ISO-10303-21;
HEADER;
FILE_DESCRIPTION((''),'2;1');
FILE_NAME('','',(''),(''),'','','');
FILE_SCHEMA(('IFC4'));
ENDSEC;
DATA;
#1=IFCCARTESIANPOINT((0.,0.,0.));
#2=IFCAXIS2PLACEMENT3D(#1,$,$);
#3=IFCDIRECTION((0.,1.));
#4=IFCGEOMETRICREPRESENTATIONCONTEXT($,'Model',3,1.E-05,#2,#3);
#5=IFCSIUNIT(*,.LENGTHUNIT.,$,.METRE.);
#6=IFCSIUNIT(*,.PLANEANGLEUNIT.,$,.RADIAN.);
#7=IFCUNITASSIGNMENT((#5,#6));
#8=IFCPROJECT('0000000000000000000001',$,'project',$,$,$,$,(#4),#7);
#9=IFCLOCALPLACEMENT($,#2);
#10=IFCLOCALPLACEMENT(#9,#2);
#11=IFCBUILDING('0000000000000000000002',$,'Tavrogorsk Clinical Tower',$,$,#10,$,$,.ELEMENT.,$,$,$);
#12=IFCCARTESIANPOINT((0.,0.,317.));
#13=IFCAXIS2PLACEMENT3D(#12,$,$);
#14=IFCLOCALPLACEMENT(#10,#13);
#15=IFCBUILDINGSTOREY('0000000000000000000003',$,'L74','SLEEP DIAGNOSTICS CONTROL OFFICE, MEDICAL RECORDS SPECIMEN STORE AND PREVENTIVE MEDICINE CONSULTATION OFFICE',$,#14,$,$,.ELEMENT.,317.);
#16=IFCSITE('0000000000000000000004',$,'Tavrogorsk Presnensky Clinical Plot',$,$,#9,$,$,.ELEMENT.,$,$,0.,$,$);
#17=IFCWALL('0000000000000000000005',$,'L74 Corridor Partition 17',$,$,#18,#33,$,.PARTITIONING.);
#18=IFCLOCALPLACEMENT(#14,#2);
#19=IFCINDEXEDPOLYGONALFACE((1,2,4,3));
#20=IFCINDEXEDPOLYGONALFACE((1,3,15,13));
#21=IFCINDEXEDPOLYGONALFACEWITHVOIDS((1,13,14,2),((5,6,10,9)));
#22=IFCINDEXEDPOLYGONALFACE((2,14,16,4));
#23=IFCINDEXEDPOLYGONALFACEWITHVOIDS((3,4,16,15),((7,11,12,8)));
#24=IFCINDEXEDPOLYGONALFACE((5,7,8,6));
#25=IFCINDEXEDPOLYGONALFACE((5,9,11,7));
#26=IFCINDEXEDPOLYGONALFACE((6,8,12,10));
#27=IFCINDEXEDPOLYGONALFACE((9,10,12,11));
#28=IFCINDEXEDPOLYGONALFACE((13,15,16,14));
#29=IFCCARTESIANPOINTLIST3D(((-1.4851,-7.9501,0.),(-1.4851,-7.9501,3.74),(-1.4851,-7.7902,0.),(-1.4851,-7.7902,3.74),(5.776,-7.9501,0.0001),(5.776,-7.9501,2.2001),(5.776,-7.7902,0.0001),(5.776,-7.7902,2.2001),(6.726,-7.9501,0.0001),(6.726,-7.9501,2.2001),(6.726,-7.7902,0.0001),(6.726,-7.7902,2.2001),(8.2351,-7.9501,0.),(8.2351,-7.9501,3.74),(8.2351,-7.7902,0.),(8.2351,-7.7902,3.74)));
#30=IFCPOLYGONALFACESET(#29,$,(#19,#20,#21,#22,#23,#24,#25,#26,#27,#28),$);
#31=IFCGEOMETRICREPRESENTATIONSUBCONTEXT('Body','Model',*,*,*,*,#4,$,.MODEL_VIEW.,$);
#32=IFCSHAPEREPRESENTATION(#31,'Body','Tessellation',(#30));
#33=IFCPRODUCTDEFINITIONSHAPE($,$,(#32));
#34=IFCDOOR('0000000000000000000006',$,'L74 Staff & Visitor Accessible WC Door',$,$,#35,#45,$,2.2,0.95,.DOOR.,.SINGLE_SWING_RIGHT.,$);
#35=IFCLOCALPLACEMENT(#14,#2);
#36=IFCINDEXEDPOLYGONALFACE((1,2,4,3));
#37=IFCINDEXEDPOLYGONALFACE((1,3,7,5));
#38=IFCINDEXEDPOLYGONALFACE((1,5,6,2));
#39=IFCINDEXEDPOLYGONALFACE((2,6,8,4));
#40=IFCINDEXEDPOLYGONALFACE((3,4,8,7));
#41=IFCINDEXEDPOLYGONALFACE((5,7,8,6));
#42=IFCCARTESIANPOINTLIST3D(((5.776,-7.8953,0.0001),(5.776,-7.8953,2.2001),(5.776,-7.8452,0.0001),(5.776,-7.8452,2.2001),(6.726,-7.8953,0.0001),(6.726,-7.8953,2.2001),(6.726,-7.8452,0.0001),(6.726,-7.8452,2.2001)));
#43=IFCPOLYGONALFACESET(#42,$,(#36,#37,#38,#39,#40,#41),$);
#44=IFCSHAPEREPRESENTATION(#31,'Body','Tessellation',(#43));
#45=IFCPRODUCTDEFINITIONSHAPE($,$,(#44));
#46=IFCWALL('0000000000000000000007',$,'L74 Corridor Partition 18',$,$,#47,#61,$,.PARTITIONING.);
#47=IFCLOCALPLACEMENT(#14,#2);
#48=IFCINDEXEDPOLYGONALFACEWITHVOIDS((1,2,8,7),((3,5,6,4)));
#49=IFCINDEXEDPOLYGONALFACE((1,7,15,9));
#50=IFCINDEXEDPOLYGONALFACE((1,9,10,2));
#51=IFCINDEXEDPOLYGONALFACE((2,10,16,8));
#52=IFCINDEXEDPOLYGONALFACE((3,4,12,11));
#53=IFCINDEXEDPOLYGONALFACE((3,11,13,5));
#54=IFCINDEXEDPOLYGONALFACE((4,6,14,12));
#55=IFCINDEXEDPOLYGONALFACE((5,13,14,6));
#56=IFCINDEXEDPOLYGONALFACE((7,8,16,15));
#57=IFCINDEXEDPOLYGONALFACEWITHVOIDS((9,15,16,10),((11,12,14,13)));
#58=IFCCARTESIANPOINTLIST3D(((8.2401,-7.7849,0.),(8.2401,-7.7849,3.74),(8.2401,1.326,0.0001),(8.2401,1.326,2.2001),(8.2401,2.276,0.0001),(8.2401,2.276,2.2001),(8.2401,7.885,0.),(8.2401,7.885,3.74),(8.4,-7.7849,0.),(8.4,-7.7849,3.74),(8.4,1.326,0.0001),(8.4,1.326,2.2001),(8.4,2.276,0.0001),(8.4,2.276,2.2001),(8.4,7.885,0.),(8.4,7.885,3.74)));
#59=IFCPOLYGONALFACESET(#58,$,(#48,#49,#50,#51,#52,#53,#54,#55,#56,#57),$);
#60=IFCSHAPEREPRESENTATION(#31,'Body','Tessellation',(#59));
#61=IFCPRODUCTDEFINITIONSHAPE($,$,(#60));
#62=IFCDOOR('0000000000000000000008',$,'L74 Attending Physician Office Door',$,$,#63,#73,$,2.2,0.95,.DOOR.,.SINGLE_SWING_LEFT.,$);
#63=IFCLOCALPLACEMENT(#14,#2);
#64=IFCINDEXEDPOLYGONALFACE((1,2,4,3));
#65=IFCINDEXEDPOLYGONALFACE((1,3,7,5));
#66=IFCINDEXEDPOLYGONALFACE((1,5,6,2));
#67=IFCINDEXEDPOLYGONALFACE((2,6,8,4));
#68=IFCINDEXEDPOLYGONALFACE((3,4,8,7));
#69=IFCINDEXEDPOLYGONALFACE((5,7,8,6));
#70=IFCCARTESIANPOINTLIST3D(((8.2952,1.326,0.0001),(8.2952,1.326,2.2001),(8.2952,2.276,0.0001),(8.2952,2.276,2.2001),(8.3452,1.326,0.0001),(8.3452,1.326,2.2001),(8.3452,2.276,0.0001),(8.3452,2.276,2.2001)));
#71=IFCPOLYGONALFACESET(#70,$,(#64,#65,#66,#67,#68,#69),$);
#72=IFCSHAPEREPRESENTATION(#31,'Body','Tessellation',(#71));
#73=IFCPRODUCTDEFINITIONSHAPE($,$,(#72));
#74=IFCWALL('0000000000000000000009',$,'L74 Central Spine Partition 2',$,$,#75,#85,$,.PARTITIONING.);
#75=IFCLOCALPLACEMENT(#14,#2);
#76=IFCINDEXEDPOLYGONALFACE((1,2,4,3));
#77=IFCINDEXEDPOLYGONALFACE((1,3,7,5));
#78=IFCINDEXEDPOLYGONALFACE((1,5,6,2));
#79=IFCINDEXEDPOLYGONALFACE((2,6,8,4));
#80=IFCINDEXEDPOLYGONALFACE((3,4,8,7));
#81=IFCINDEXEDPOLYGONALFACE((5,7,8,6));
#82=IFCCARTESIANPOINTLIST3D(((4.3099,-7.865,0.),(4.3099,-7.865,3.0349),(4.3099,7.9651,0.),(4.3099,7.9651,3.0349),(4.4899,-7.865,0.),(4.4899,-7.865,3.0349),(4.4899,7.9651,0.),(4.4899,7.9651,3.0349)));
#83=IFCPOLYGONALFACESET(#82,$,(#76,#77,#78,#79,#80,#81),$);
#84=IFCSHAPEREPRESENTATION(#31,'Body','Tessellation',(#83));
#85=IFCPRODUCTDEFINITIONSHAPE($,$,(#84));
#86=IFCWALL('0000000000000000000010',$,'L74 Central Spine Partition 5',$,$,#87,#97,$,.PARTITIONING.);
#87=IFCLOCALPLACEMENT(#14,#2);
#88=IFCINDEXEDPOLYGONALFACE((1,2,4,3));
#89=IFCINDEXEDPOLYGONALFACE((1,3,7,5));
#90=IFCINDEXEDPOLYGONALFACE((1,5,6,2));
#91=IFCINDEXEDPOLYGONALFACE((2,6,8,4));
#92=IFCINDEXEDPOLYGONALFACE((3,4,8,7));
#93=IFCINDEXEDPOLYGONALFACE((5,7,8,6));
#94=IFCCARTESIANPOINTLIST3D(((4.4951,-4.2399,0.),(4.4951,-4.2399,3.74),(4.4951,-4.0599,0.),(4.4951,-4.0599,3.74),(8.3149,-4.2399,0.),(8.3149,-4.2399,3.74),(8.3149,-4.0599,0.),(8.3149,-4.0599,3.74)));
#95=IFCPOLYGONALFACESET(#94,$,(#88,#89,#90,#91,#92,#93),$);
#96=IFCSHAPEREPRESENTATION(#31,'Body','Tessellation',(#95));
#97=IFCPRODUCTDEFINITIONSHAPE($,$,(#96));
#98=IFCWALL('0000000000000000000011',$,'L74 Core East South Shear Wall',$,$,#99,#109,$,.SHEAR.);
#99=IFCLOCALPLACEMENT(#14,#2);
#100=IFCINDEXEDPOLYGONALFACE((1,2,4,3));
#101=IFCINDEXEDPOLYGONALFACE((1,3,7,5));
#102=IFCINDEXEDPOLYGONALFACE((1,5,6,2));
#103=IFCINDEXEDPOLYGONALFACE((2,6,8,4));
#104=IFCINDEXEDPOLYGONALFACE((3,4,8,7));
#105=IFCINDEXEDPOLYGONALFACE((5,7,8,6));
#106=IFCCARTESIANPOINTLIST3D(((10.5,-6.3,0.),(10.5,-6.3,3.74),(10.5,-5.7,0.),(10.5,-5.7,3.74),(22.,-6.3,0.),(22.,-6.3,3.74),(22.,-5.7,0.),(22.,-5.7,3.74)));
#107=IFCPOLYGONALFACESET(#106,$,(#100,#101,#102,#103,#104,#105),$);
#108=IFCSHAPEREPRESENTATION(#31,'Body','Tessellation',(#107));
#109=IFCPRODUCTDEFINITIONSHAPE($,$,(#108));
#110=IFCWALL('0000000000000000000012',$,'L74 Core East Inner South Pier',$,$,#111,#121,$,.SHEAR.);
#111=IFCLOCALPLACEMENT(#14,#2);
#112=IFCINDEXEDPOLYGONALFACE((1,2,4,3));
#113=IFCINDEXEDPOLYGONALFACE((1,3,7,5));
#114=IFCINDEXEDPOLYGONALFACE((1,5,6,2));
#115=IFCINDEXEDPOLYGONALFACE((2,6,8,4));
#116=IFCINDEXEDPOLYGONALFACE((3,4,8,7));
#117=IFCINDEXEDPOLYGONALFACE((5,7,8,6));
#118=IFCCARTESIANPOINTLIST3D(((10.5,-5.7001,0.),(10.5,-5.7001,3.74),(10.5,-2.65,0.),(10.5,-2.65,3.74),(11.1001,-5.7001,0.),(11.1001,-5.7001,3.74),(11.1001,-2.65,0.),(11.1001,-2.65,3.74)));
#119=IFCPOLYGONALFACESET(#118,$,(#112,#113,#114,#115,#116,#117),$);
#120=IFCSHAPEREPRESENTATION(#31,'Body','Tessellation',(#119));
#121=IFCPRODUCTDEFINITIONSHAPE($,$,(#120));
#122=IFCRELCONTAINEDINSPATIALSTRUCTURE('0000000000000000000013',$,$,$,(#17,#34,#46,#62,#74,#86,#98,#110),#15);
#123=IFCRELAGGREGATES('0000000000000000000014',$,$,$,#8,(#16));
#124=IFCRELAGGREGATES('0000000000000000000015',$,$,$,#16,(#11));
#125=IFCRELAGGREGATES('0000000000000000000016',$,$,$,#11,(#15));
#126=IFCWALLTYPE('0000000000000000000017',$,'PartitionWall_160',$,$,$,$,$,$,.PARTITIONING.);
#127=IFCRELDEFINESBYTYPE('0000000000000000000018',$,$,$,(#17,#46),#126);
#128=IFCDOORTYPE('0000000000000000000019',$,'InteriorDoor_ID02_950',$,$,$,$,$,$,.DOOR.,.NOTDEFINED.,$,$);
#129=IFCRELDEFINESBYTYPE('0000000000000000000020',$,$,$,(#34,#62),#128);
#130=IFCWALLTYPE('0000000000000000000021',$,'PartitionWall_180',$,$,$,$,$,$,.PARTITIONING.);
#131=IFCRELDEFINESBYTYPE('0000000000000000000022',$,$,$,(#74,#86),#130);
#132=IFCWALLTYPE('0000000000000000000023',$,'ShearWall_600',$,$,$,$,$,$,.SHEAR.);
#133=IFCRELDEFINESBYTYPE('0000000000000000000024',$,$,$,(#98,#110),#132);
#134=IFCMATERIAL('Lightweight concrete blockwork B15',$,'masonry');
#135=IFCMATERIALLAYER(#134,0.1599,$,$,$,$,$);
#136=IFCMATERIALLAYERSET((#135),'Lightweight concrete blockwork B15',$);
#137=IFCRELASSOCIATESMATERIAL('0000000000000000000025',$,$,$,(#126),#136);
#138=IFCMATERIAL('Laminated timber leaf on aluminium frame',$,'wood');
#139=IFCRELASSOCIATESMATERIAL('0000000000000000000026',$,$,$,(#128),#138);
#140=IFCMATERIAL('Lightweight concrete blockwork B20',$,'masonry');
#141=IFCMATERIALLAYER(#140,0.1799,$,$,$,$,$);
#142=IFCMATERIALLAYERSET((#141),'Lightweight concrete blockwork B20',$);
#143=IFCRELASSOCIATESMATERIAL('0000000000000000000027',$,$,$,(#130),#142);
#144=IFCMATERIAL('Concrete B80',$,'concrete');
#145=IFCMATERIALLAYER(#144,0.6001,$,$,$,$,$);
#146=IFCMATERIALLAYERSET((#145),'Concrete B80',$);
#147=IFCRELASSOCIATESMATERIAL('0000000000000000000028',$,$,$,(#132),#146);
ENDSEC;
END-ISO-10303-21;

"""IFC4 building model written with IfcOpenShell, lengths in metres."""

from ifc_helpers import new_model, si_unit, direction, frame, frame_2d, origin, place, context, subcontext, project, spatial, rectangle, extrude, material, layer, layer_set, type_object, element, fill, save


model = new_model("IFC4")

# Units and contexts
model_context = context("Model", 3, precision=1e-05, world=origin(), true_north=direction((0.0, 1.0)))
body_context = subcontext(model_context, "Body", "Model", "MODEL_VIEW")
ifc_project = project(units=[si_unit("LENGTHUNIT", "METRE"), si_unit("PLANEANGLEUNIT", "RADIAN")], contexts=[model_context])

# Site, building, storey
site_placement = place(None, origin())
site = spatial("IfcSite", under=ifc_project, at=site_placement, Name="Tavrogorsk Presnensky Clinical Plot", CompositionType="ELEMENT", RefElevation=0.0)
building_placement = place(site_placement, origin())
building = spatial("IfcBuilding", under=site, at=building_placement, Name="Tavrogorsk Clinical Tower", CompositionType="ELEMENT")
storey_placement = place(building_placement, frame((0.0, 0.0, 317.0)))
storey = spatial("IfcBuildingStorey", under=building, at=storey_placement, Name="L74", Description="SLEEP DIAGNOSTICS CONTROL OFFICE, MEDICAL RECORDS SPECIMEN STORE AND PREVENTIVE MEDICINE CONSULTATION OFFICE", CompositionType="ELEMENT", Elevation=317.0)

# Shared definitions
ifc_material_1 = material(Name="Lightweight concrete blockwork B15", Category="masonry")
ifc_layer_1 = layer(ifc_material_1, 0.1599)
ifc_layer_set_1 = layer_set([ifc_layer_1], Name="Lightweight concrete blockwork B15")
wall_type_1 = type_object("IfcWallType", Name="PartitionWall_160", PredefinedType="PARTITIONING", material=ifc_layer_set_1)

# Shared definitions
ifc_material_2 = material(Name="Laminated timber leaf on aluminium frame", Category="wood")
door_type_1 = type_object("IfcDoorType", Name="InteriorDoor_ID02_950", OperationType="NOTDEFINED", PredefinedType="DOOR", material=ifc_material_2)

# Walls, openings, doors
wall_1_placement = place(storey_placement, frame((-1.4851, -7.8701, 0.0), z_axis=(0.0, 0.0, 1.0), x_axis=(1.0, 0.0, 0.0)))
wall_1 = element("IfcWall", 1, at=wall_1_placement, inside=storey, type_object=wall_type_1, Name="L74 Corridor Partition 17", PredefinedType="PARTITIONING", context=body_context, shape_type="SweptSolid", body=[
    extrude(rectangle(XDim=9.7202, YDim=0.1599, at=frame_2d((4.8601, 0.0))), origin(), (0.0, 0.0, 1.0), 3.74),
])
opening_1_placement = place(wall_1_placement, frame((7.261, 0.0, 0.0)))
opening_1 = element("IfcOpeningElement", 2, at=opening_1_placement, cuts=wall_1, PredefinedType="OPENING", context=body_context, shape_type="SweptSolid", body=[
    extrude(rectangle(XDim=0.95, YDim=2.2, at=frame_2d((0.4751, 1.1001))), frame((0.0, 0.0898, 0.0), z_axis=(0.0, -1.0, 0.0), x_axis=(1.0, 0.0, 0.0)), (0.0, 0.0, 1.0), 0.1799),
])
door_1_placement = place(opening_1_placement, origin())
door_1 = element("IfcDoor", 3, at=door_1_placement, inside=storey, type_object=door_type_1, Name="L74 Staff & Visitor Accessible WC Door", OperationType="SINGLE_SWING_RIGHT", OverallHeight=2.2, OverallWidth=0.95, PredefinedType="DOOR", context=body_context, shape_type="SweptSolid", body=[
    extrude(rectangle(XDim=0.95, YDim=2.2, at=frame_2d((0.4751, 1.1001))), frame((0.0, 0.0249, 0.0), z_axis=(0.0, -1.0, 0.0), x_axis=(1.0, 0.0, 0.0)), (0.0, 0.0, 1.0), 0.05),
])
fill(opening_1, door_1)
wall_2_placement = place(storey_placement, frame((8.3201, -7.7849, 0.0), z_axis=(0.0, 0.0, 1.0), x_axis=(0.0, 1.0, 0.0)))
wall_2 = element("IfcWall", 4, at=wall_2_placement, inside=storey, type_object=wall_type_1, Name="L74 Corridor Partition 18", PredefinedType="PARTITIONING", context=body_context, shape_type="SweptSolid", body=[
    extrude(rectangle(XDim=15.6699, YDim=0.1599, at=frame_2d((7.835, 0.0))), origin(), (0.0, 0.0, 1.0), 3.74),
])
opening_2_placement = place(wall_2_placement, frame((9.1108, 0.0, 0.0)))
opening_2 = element("IfcOpeningElement", 5, at=opening_2_placement, cuts=wall_2, PredefinedType="OPENING", context=body_context, shape_type="SweptSolid", body=[
    extrude(rectangle(XDim=0.95, YDim=2.2, at=frame_2d((0.4751, 1.1001))), frame((0.0, 0.0898, 0.0), z_axis=(0.0, -1.0, 0.0), x_axis=(1.0, 0.0, 0.0)), (0.0, 0.0, 1.0), 0.1799),
])
door_2_placement = place(opening_2_placement, origin())
door_2 = element("IfcDoor", 6, at=door_2_placement, inside=storey, type_object=door_type_1, Name="L74 Attending Physician Office Door", OperationType="SINGLE_SWING_LEFT", OverallHeight=2.2, OverallWidth=0.95, PredefinedType="DOOR", context=body_context, shape_type="SweptSolid", body=[
    extrude(rectangle(XDim=0.95, YDim=2.2, at=frame_2d((0.4751, 1.1001))), frame((0.0, 0.0249, 0.0), z_axis=(0.0, -1.0, 0.0), x_axis=(1.0, 0.0, 0.0)), (0.0, 0.0, 1.0), 0.05),
])
fill(opening_2, door_2)

# Walls
ifc_material_3 = material(Name="Lightweight concrete blockwork B20", Category="masonry")
ifc_layer_2 = layer(ifc_material_3, 0.1799)
ifc_layer_set_2 = layer_set([ifc_layer_2], Name="Lightweight concrete blockwork B20")
wall_type_2 = type_object("IfcWallType", Name="PartitionWall_180", PredefinedType="PARTITIONING", material=ifc_layer_set_2)
wall_3_placement = place(storey_placement, frame((4.3999, -7.865, 0.0), z_axis=(0.0, 0.0, 1.0), x_axis=(0.0, 1.0, 0.0)))
element("IfcWall", 7, at=wall_3_placement, inside=storey, type_object=wall_type_2, Name="L74 Central Spine Partition 2", PredefinedType="PARTITIONING", context=body_context, shape_type="SweptSolid", body=[
    extrude(rectangle(XDim=15.8301, YDim=0.1799, at=frame_2d((7.915, 0.0))), origin(), (0.0, 0.0, 1.0), 3.0349),
])
wall_4_placement = place(storey_placement, frame((4.4951, -4.1499, 0.0), z_axis=(0.0, 0.0, 1.0), x_axis=(1.0, 0.0, 0.0)))
element("IfcWall", 8, at=wall_4_placement, inside=storey, type_object=wall_type_2, Name="L74 Central Spine Partition 5", PredefinedType="PARTITIONING", context=body_context, shape_type="SweptSolid", body=[
    extrude(rectangle(XDim=3.8198, YDim=0.1799, at=frame_2d((1.9099, 0.0))), origin(), (0.0, 0.0, 1.0), 3.74),
])
ifc_material_4 = material(Name="Concrete B80", Category="concrete")
ifc_layer_3 = layer(ifc_material_4, 0.6001)
ifc_layer_set_3 = layer_set([ifc_layer_3], Name="Concrete B80")
wall_type_3 = type_object("IfcWallType", Name="ShearWall_600", PredefinedType="SHEAR", material=ifc_layer_set_3)
wall_5_placement = place(storey_placement, frame((10.5, -6.0, 0.0), z_axis=(0.0, 0.0, 1.0), x_axis=(1.0, 0.0, 0.0)))
element("IfcWall", 9, at=wall_5_placement, inside=storey, type_object=wall_type_3, Name="L74 Core East South Shear Wall", PredefinedType="SHEAR", context=body_context, shape_type="SweptSolid", body=[
    extrude(rectangle(XDim=11.5, YDim=0.6001, at=frame_2d((5.75, 0.0))), origin(), (0.0, 0.0, 1.0), 3.74),
])
wall_6_placement = place(storey_placement, frame((10.8, -5.7, 0.0), z_axis=(0.0, 0.0, 1.0), x_axis=(0.0, 1.0, 0.0)))
element("IfcWall", 10, at=wall_6_placement, inside=storey, type_object=wall_type_3, Name="L74 Core East Inner South Pier", PredefinedType="SHEAR", context=body_context, shape_type="SweptSolid", body=[
    extrude(rectangle(XDim=3.05, YDim=0.6001, at=frame_2d((1.5249, 0.0))), origin(), (0.0, 0.0, 1.0), 3.74),
])

save(model, "model.ifc")
